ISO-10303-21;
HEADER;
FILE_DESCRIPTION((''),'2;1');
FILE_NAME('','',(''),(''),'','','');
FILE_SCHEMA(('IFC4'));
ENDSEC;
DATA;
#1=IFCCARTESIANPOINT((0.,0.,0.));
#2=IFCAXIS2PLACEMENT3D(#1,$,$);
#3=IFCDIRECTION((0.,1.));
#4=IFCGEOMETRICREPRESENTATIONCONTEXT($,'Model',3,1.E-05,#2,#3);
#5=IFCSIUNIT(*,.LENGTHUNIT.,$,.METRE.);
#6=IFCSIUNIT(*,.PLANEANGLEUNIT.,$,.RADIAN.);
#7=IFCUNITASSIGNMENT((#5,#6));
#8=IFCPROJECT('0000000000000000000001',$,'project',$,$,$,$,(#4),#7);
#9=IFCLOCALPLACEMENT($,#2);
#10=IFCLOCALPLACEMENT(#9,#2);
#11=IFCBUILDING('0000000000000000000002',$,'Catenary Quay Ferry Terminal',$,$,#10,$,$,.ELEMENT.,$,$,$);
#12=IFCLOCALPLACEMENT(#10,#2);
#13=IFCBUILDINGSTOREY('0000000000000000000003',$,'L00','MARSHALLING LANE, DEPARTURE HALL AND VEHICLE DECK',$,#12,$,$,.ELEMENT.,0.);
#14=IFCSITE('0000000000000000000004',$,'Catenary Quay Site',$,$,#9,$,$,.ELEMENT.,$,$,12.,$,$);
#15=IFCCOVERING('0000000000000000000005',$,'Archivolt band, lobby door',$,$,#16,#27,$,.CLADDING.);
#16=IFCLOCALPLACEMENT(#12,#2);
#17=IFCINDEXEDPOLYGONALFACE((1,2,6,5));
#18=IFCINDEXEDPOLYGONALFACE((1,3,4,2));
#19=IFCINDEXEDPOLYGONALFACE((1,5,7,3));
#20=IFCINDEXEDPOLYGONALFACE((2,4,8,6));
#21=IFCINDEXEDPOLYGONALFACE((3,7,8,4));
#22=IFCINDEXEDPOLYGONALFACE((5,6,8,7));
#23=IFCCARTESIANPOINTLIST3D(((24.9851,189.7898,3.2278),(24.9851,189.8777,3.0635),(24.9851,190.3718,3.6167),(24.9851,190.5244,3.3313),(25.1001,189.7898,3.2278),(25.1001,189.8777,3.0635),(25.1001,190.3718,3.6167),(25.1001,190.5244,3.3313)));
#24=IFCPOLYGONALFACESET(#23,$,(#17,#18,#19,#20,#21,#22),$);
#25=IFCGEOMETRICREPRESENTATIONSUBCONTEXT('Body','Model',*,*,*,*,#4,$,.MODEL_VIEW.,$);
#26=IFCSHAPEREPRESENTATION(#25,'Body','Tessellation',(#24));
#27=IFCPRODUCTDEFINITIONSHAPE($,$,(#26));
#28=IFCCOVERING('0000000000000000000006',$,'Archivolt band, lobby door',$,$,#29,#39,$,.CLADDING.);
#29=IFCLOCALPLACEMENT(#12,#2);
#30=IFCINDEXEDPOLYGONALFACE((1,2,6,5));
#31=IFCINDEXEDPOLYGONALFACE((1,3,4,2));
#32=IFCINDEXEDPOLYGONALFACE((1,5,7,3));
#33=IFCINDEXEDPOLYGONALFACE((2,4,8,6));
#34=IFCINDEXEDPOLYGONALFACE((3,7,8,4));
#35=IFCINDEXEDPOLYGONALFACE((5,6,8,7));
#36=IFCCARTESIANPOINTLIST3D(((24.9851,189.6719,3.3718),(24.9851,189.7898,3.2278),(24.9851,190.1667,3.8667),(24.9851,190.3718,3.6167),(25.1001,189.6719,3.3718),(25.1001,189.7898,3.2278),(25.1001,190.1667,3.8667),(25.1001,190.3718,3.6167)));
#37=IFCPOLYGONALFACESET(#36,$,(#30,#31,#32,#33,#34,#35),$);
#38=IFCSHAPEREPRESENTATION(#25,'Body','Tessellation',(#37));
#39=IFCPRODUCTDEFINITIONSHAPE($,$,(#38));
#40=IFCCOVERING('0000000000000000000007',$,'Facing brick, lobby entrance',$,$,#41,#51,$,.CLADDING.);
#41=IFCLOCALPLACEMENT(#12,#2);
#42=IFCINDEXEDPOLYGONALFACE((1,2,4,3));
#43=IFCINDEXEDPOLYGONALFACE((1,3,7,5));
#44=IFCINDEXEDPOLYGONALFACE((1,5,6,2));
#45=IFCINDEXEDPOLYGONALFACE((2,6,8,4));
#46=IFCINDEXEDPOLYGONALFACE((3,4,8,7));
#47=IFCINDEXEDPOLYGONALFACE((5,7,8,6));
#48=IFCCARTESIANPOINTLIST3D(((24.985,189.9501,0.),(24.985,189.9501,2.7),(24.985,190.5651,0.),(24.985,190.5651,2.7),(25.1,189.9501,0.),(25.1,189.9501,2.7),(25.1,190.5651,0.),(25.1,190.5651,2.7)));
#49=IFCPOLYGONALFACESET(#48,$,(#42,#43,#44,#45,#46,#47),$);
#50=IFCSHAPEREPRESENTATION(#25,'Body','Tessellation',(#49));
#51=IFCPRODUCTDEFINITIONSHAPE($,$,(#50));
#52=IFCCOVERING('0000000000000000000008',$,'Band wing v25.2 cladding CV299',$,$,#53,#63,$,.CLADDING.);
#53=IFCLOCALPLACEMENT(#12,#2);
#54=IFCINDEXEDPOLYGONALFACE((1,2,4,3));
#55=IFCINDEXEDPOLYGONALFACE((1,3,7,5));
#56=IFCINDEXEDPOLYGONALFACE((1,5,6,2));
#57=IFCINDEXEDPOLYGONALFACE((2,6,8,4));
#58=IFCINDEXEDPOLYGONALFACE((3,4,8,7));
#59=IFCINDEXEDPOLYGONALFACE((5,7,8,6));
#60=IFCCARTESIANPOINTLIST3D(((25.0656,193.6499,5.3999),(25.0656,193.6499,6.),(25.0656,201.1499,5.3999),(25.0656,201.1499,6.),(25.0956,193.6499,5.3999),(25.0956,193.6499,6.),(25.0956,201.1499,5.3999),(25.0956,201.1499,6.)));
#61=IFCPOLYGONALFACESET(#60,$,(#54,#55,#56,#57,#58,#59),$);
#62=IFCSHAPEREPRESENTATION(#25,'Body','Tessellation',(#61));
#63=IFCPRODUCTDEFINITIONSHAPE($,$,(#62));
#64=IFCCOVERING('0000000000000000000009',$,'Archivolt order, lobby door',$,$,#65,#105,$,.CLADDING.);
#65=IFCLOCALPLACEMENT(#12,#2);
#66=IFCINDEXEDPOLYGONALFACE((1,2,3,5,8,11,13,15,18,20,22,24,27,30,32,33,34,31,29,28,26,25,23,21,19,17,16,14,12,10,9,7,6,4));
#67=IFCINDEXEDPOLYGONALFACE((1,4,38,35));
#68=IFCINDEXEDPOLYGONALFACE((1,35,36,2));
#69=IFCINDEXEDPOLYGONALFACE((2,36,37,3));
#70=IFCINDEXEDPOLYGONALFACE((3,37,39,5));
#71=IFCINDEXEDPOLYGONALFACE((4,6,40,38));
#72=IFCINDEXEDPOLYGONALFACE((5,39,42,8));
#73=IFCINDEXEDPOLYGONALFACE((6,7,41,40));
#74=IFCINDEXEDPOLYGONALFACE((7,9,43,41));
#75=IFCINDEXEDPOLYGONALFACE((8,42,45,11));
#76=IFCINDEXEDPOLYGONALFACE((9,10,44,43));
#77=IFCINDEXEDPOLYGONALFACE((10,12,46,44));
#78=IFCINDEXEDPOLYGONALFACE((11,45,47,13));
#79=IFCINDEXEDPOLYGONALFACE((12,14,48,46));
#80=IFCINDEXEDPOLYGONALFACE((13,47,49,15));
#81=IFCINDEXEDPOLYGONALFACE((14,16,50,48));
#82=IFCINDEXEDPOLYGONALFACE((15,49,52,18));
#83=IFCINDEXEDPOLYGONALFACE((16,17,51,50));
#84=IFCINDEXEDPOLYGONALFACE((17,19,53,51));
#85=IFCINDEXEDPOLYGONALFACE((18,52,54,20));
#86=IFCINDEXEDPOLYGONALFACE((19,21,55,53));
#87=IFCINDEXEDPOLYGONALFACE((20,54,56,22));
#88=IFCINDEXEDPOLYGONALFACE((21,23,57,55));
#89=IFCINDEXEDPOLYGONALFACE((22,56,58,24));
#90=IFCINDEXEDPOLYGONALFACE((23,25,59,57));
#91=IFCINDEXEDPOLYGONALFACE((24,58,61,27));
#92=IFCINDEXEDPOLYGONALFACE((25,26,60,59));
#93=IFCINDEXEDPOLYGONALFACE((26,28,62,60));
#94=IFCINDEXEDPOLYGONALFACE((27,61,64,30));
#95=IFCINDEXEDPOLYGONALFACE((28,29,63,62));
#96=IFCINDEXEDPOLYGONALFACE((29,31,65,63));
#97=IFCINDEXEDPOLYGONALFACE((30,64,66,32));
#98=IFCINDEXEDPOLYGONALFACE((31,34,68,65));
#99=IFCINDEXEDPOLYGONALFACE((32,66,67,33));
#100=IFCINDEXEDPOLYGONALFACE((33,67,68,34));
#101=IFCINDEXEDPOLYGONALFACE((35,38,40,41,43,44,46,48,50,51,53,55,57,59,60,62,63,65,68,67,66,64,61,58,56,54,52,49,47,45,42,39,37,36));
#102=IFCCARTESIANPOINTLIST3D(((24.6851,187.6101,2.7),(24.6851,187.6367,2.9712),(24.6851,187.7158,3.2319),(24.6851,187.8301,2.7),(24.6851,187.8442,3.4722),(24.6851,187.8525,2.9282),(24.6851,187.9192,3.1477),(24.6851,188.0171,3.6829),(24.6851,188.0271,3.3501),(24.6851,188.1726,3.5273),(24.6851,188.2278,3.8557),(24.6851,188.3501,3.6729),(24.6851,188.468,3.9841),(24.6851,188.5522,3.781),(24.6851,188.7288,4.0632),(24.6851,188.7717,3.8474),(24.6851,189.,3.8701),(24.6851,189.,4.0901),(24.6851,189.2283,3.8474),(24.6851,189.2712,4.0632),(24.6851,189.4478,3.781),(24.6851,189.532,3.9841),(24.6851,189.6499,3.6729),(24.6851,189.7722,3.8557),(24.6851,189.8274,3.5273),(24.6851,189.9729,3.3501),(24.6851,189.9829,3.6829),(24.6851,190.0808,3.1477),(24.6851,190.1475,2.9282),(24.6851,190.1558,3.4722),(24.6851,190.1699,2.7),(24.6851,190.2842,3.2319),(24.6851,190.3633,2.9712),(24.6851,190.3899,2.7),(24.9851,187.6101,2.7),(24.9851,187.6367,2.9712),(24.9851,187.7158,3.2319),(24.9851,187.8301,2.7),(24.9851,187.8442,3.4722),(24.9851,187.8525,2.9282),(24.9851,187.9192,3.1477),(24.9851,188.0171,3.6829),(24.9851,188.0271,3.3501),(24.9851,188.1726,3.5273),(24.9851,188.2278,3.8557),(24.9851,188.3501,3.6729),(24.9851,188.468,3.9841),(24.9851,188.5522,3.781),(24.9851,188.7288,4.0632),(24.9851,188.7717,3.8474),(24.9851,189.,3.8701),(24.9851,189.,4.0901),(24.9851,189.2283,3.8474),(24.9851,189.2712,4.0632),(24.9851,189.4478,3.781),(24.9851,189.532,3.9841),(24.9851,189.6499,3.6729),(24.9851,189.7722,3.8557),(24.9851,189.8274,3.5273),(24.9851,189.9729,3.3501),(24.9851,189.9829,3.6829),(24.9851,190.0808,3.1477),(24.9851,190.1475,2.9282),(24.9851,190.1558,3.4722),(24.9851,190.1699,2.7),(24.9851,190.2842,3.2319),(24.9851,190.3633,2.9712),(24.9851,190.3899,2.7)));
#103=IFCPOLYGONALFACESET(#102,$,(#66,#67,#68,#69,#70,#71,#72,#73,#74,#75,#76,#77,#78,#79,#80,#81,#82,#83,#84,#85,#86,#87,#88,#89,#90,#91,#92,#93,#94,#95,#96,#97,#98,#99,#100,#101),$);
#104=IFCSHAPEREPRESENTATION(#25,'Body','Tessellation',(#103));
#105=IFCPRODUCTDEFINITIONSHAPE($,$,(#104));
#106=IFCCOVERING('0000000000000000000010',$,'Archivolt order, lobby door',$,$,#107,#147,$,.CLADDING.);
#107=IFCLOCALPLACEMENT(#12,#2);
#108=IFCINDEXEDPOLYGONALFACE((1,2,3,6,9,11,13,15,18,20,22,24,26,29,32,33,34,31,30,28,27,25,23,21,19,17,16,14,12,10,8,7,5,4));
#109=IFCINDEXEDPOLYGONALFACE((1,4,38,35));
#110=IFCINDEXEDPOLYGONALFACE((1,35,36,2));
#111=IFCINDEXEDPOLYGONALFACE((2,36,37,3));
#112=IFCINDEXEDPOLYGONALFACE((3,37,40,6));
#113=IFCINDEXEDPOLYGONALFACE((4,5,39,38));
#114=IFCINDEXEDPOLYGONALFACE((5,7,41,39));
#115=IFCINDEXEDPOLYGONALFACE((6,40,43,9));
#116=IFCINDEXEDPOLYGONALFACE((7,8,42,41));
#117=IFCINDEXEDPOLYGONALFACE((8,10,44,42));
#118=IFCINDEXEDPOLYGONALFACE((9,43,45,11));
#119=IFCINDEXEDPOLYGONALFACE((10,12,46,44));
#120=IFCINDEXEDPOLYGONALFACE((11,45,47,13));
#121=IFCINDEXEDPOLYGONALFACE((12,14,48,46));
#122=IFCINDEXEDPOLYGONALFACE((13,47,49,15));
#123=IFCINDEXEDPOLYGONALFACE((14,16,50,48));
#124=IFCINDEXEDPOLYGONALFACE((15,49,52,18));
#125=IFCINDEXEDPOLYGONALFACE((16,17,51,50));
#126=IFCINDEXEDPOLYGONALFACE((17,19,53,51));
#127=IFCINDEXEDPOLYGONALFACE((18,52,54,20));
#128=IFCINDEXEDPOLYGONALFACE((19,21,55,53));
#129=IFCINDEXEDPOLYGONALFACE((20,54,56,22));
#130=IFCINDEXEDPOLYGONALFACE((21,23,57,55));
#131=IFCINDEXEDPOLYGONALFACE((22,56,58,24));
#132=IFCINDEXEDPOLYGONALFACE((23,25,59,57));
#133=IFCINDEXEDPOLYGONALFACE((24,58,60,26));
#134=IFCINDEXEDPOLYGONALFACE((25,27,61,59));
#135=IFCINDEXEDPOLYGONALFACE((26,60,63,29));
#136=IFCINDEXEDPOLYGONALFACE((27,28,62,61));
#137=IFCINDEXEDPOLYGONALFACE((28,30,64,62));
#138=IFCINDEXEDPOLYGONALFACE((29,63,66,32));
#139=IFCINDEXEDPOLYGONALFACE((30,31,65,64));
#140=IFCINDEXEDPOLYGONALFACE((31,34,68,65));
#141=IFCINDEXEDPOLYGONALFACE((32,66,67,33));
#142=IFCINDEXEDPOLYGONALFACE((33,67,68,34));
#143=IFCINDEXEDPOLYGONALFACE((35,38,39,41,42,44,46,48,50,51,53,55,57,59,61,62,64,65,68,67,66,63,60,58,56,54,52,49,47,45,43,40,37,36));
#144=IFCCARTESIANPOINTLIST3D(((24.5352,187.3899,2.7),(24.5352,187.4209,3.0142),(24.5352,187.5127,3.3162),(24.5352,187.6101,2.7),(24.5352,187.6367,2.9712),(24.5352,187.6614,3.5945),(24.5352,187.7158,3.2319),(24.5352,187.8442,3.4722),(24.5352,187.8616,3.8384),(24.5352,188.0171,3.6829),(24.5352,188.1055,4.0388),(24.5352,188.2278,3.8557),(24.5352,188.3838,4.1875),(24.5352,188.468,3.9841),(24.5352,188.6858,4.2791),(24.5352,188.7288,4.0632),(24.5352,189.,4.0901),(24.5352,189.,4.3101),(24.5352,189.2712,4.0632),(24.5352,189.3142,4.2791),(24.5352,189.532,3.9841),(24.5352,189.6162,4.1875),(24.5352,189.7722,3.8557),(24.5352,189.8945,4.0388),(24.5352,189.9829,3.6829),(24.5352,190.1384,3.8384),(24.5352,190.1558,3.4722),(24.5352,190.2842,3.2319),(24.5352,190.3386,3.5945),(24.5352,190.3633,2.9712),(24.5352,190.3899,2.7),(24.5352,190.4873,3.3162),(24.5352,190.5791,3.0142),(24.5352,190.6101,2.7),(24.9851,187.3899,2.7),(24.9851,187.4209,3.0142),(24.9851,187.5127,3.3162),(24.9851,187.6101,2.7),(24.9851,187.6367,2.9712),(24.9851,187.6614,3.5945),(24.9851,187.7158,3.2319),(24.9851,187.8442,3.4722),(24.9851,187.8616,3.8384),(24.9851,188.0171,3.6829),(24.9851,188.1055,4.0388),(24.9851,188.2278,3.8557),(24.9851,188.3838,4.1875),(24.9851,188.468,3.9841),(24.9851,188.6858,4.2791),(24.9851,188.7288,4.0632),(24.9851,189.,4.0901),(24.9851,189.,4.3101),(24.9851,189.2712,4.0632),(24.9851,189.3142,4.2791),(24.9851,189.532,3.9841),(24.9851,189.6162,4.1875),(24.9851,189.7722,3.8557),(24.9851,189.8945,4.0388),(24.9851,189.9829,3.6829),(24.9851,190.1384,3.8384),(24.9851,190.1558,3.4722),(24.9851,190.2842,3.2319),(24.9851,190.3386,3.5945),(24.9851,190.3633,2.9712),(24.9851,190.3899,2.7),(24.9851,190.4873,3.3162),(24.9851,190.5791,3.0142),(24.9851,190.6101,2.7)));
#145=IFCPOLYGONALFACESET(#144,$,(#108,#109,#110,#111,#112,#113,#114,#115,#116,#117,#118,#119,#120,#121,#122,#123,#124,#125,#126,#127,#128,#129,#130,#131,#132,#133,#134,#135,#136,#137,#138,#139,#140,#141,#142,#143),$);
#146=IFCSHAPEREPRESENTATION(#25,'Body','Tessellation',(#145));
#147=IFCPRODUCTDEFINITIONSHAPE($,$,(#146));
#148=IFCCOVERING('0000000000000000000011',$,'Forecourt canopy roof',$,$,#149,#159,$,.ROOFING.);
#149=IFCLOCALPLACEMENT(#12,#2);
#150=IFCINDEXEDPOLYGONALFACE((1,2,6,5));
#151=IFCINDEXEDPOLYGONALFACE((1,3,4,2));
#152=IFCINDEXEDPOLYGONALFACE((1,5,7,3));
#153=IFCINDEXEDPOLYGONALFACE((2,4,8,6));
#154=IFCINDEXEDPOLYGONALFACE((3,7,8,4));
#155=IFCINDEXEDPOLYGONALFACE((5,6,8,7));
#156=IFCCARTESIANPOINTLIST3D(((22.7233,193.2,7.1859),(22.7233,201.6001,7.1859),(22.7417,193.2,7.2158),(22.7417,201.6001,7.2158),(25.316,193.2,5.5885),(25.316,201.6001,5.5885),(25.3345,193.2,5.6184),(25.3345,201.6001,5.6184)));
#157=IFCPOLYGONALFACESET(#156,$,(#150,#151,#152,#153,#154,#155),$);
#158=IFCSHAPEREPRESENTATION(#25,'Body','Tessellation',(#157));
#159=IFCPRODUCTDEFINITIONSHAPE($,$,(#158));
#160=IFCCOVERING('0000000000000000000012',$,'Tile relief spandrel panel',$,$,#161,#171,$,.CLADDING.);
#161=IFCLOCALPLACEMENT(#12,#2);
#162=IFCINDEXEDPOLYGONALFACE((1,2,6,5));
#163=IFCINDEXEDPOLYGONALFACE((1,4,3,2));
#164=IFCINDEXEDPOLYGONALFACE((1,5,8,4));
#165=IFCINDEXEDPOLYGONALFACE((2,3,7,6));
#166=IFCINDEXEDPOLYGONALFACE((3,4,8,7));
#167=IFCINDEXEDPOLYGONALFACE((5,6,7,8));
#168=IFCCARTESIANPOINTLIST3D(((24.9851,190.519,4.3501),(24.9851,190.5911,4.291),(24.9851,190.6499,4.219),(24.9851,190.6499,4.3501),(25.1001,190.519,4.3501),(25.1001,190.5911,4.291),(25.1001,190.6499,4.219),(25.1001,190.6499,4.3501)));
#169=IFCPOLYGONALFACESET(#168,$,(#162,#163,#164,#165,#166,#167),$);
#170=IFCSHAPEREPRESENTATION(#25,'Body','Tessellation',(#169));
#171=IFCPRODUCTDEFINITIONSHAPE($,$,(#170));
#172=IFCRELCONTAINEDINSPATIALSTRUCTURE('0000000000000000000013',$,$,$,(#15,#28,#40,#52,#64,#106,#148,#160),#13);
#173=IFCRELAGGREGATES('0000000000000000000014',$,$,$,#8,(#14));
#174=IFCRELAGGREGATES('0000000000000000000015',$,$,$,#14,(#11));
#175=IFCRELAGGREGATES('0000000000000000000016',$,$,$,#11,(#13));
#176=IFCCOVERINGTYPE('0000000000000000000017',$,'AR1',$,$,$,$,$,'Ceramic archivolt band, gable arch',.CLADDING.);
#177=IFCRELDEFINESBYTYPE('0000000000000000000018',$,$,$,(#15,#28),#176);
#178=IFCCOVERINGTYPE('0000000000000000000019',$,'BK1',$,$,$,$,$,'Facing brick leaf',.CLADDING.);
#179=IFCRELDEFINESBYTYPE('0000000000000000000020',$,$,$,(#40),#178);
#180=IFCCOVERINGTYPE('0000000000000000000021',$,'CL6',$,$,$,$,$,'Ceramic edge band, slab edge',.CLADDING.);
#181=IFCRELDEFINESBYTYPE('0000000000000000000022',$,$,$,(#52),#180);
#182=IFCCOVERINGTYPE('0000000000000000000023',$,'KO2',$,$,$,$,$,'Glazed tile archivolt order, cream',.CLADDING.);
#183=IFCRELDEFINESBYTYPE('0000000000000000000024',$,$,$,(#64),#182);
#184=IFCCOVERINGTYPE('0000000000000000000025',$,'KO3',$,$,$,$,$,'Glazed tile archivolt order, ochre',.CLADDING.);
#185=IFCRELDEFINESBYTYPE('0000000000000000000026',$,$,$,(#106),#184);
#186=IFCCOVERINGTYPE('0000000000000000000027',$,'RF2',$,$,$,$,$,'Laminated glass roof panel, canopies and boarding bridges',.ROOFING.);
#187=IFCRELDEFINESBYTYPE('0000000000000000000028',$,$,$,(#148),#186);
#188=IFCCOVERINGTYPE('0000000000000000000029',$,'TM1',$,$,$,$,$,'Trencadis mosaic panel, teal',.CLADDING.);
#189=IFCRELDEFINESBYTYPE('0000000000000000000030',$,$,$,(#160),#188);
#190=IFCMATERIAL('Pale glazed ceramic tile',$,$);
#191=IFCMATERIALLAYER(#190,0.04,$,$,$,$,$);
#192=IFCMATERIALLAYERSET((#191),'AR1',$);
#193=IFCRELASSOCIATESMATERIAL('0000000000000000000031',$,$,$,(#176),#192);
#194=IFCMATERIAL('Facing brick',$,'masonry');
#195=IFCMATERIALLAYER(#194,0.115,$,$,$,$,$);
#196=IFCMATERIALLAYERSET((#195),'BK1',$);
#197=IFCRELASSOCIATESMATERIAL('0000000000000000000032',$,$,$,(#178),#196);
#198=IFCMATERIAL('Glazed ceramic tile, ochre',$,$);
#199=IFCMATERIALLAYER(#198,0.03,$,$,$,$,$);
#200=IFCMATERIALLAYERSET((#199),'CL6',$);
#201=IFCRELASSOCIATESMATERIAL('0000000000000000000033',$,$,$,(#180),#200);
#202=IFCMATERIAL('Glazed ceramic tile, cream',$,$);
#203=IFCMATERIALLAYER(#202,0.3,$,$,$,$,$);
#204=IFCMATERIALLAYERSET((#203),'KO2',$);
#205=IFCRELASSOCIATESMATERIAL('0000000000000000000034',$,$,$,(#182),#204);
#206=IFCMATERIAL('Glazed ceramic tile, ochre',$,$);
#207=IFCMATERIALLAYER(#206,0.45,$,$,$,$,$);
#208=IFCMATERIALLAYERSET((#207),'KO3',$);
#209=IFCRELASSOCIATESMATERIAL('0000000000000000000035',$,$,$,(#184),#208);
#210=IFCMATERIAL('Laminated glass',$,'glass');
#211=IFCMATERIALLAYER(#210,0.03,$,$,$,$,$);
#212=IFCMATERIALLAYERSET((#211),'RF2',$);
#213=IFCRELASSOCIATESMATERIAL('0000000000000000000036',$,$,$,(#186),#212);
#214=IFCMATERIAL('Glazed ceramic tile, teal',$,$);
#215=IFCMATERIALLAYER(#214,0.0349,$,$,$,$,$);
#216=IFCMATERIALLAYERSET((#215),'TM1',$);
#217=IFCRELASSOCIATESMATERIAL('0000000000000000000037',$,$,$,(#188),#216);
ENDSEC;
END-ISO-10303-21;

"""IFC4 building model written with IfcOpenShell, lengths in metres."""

from ifc_helpers import new_model, si_unit, direction, frame, origin, origin_2d, place, context, subcontext, project, spatial, polyline, rectangle, outline, extrude, material, layer, layer_set, type_object, element, save


model = new_model("IFC4")

# Units and contexts
model_context = context("Model", 3, precision=1e-05, world=origin(), true_north=direction((0.0, 1.0)))
body_context = subcontext(model_context, "Body", "Model", "MODEL_VIEW")
ifc_project = project(units=[si_unit("LENGTHUNIT", "METRE"), si_unit("PLANEANGLEUNIT", "RADIAN")], contexts=[model_context])

# Site, building, storey
site_placement = place(None, origin())
site = spatial("IfcSite", under=ifc_project, at=site_placement, Name="Catenary Quay Site", CompositionType="ELEMENT", RefElevation=12.0)
building_placement = place(site_placement, origin())
building = spatial("IfcBuilding", under=site, at=building_placement, Name="Catenary Quay Ferry Terminal", CompositionType="ELEMENT")
storey_placement = place(building_placement, origin())
storey = spatial("IfcBuildingStorey", under=building, at=storey_placement, Name="L00", Description="MARSHALLING LANE, DEPARTURE HALL AND VEHICLE DECK", CompositionType="ELEMENT", Elevation=0.0)

# Coverings
ifc_material_1 = material(Name="Pale glazed ceramic tile")
ifc_layer_1 = layer(ifc_material_1, 0.04)
ifc_layer_set_1 = layer_set([ifc_layer_1], Name="AR1")
covering_type_1 = type_object("IfcCoveringType", Name="AR1", ElementType="Ceramic archivolt band, gable arch", PredefinedType="CLADDING", material=ifc_layer_set_1)
covering_1_placement = place(storey_placement, frame((25.1001, 190.5244, 3.3313), z_axis=(1.0, 0.0, 0.0), x_axis=(0.0, -0.471489, 0.881872)))
element("IfcCovering", 1, at=covering_1_placement, inside=storey, type_object=covering_type_1, Name="Archivolt band, lobby door", PredefinedType="CLADDING", context=body_context, shape_type="SweptSolid", body=[
    extrude(outline(polyline([(0.0, 0.0), (0.3236, 0.0), (0.2551, 0.6966), (0.0687, 0.6966), (0.0, 0.0)])), origin(), (0.0, 0.0, -1.0), 0.115),
])
covering_2_placement = place(storey_placement, frame((25.1001, 190.3718, 3.6167), z_axis=(1.0, 0.0, 0.0), x_axis=(0.0, -0.634224, 0.773149)))
element("IfcCovering", 2, at=covering_2_placement, inside=storey, type_object=covering_type_1, Name="Archivolt band, lobby door", PredefinedType="CLADDING", context=body_context, shape_type="SweptSolid", body=[
    extrude(outline(polyline([(0.0, 0.0), (0.3234, 0.0), (0.2546, 0.6965), (0.0684, 0.6967), (0.0, 0.0)])), origin(), (0.0, 0.0, -1.0), 0.115),
])
ifc_material_2 = material(Name="Facing brick", Category="masonry")
ifc_layer_2 = layer(ifc_material_2, 0.115)
ifc_layer_set_2 = layer_set([ifc_layer_2], Name="BK1")
covering_type_2 = type_object("IfcCoveringType", Name="BK1", ElementType="Facing brick leaf", PredefinedType="CLADDING", material=ifc_layer_set_2)
covering_3_placement = place(storey_placement, frame((25.0425, 190.2576, 0.0), z_axis=(0.0, 0.0, 1.0), x_axis=(1.0, 0.0, 0.0)))
element("IfcCovering", 3, at=covering_3_placement, inside=storey, type_object=covering_type_2, Name="Facing brick, lobby entrance", PredefinedType="CLADDING", context=body_context, shape_type="SweptSolid", body=[
    extrude(rectangle(XDim=0.115, YDim=0.615, at=origin_2d()), origin(), (0.0, 0.0, 1.0), 2.7),
])
ifc_material_3 = material(Name="Glazed ceramic tile, ochre")
ifc_layer_3 = layer(ifc_material_3, 0.03)
ifc_layer_set_3 = layer_set([ifc_layer_3], Name="CL6")
covering_type_3 = type_object("IfcCoveringType", Name="CL6", ElementType="Ceramic edge band, slab edge", PredefinedType="CLADDING", material=ifc_layer_set_3)
covering_4_placement = place(storey_placement, frame((25.0806, 197.3999, 5.3999), z_axis=(0.0, 0.0, 1.0), x_axis=(1.0, 0.0, 0.0)))
element("IfcCovering", 4, at=covering_4_placement, inside=storey, type_object=covering_type_3, Name="Band wing v25.2 cladding CV299", PredefinedType="CLADDING", context=body_context, shape_type="SweptSolid", body=[
    extrude(rectangle(XDim=0.03, YDim=7.5, at=origin_2d()), origin(), (0.0, 0.0, 1.0), 0.6001),
])
ifc_material_4 = material(Name="Glazed ceramic tile, cream")
ifc_layer_4 = layer(ifc_material_4, 0.3)
ifc_layer_set_4 = layer_set([ifc_layer_4], Name="KO2")
covering_type_4 = type_object("IfcCoveringType", Name="KO2", ElementType="Glazed tile archivolt order, cream", PredefinedType="CLADDING", material=ifc_layer_set_4)
covering_5_placement = place(storey_placement, frame((24.9851, 190.3899, 2.7), z_axis=(1.0, 0.0, 0.0), x_axis=(0.0, -0.097641, 0.995222)))
element("IfcCovering", 5, at=covering_5_placement, inside=storey, type_object=covering_type_4, Name="Archivolt order, lobby door", PredefinedType="CLADDING", context=body_context, shape_type="SweptSolid", body=[
    extrude(outline(polyline([(0.0, 0.0), (0.2725, 0.0), (0.5398, 0.0533), (0.7914, 0.1576), (1.018, 0.3091), (1.2105, 0.5019), (1.3618, 0.7284), (1.466, 0.9802), (1.5192, 1.2475), (1.519, 1.5201), (1.4657, 1.7873), (1.3613, 2.0389), (1.2099, 2.2655), (1.0171, 2.4581), (0.7905, 2.6094), (0.5388, 2.7135), (0.2714, 2.7665), (0.2499, 2.5476), (0.4749, 2.5029), (0.6869, 2.4152), (0.8777, 2.288), (1.0399, 2.1259), (1.1674, 1.9351), (1.2553, 1.7233), (1.3, 1.4984), (1.3003, 1.269), (1.2554, 1.044), (1.1679, 0.8321), (1.0405, 0.6415), (0.8784, 0.479), (0.6878, 0.3515), (0.4758, 0.2639), (0.2509, 0.219), (0.0215, 0.2189), (0.0, 0.0)])), origin(), (0.0, 0.0, -1.0), 0.3),
])
ifc_material_5 = material(Name="Glazed ceramic tile, ochre")
ifc_layer_5 = layer(ifc_material_5, 0.45)
ifc_layer_set_5 = layer_set([ifc_layer_5], Name="KO3")
covering_type_5 = type_object("IfcCoveringType", Name="KO3", ElementType="Glazed tile archivolt order, ochre", PredefinedType="CLADDING", material=ifc_layer_set_5)
covering_6_placement = place(storey_placement, frame((24.9851, 190.6101, 2.7), z_axis=(1.0, 0.0, 0.0), x_axis=(0.0, -0.098202, 0.995166)))
element("IfcCovering", 6, at=covering_6_placement, inside=storey, type_object=covering_type_5, Name="Archivolt order, lobby door", PredefinedType="CLADDING", context=body_context, shape_type="SweptSolid", body=[
    extrude(outline(polyline([(0.0, 0.0), (0.3157, 0.0), (0.6253, 0.0617), (0.9169, 0.1823), (1.1792, 0.3576), (1.4027, 0.5806), (1.578, 0.843), (1.6987, 1.1346), (1.7604, 1.4442), (1.7604, 1.7599), (1.699, 2.0695), (1.5784, 2.3611), (1.4028, 2.6235), (1.1798, 2.8466), (0.9174, 3.0219), (0.6259, 3.1429), (0.3162, 3.2046), (0.2946, 2.9855), (0.5619, 2.9324), (0.8136, 2.8281), (1.0401, 2.6767), (1.2328, 2.484), (1.3841, 2.2573), (1.4883, 2.0056), (1.5414, 1.7384), (1.5415, 1.4658), (1.4882, 1.1985), (1.3838, 0.9468), (1.2325, 0.7203), (1.0398, 0.5276), (0.8131, 0.3763), (0.5614, 0.2721), (0.2942, 0.219), (0.0216, 0.2192), (0.0, 0.0)])), origin(), (0.0, 0.0, -1.0), 0.45),
])
ifc_material_6 = material(Name="Laminated glass", Category="glass")
ifc_layer_6 = layer(ifc_material_6, 0.03)
ifc_layer_set_6 = layer_set([ifc_layer_6], Name="RF2")
covering_type_6 = type_object("IfcCoveringType", Name="RF2", ElementType="Laminated glass roof panel, canopies and boarding bridges", PredefinedType="ROOFING", material=ifc_layer_set_6)
covering_7_placement = place(storey_placement, frame((22.7417, 193.2, 7.2158), z_axis=(0.52454, 0.0, 0.851386), x_axis=(0.0, 1.0, 0.0)))
element("IfcCovering", 7, at=covering_7_placement, inside=storey, type_object=covering_type_6, Name="Forecourt canopy roof", PredefinedType="ROOFING", context=body_context, shape_type="SweptSolid", body=[
    extrude(outline(polyline([(0.0, 0.0), (8.4001, 0.0), (8.4001, -3.0454), (0.0, -3.0454), (0.0, 0.0)])), origin(), (0.0, 0.0, -1.0), 0.0352),
])
ifc_material_7 = material(Name="Glazed ceramic tile, teal")
ifc_layer_7 = layer(ifc_material_7, 0.0349)
ifc_layer_set_7 = layer_set([ifc_layer_7], Name="TM1")
covering_type_7 = type_object("IfcCoveringType", Name="TM1", ElementType="Trencadis mosaic panel, teal", PredefinedType="CLADDING", material=ifc_layer_set_7)
covering_8_placement = place(storey_placement, frame((25.1001, 190.519, 4.3501), z_axis=(1.0, 0.0, 0.0), x_axis=(0.0, 0.773139, -0.634236)))
element("IfcCovering", 8, at=covering_8_placement, inside=storey, type_object=covering_type_7, Name="Tile relief spandrel panel", PredefinedType="CLADDING", context=body_context, shape_type="SweptSolid", body=[
    extrude(outline(polyline([(0.0, 0.0), (0.0932, 0.0), (0.1843, -0.0184), (0.1012, 0.083), (0.0, 0.0)])), origin(), (0.0, 0.0, -1.0), 0.115),
])

save(model, "model.ifc")
